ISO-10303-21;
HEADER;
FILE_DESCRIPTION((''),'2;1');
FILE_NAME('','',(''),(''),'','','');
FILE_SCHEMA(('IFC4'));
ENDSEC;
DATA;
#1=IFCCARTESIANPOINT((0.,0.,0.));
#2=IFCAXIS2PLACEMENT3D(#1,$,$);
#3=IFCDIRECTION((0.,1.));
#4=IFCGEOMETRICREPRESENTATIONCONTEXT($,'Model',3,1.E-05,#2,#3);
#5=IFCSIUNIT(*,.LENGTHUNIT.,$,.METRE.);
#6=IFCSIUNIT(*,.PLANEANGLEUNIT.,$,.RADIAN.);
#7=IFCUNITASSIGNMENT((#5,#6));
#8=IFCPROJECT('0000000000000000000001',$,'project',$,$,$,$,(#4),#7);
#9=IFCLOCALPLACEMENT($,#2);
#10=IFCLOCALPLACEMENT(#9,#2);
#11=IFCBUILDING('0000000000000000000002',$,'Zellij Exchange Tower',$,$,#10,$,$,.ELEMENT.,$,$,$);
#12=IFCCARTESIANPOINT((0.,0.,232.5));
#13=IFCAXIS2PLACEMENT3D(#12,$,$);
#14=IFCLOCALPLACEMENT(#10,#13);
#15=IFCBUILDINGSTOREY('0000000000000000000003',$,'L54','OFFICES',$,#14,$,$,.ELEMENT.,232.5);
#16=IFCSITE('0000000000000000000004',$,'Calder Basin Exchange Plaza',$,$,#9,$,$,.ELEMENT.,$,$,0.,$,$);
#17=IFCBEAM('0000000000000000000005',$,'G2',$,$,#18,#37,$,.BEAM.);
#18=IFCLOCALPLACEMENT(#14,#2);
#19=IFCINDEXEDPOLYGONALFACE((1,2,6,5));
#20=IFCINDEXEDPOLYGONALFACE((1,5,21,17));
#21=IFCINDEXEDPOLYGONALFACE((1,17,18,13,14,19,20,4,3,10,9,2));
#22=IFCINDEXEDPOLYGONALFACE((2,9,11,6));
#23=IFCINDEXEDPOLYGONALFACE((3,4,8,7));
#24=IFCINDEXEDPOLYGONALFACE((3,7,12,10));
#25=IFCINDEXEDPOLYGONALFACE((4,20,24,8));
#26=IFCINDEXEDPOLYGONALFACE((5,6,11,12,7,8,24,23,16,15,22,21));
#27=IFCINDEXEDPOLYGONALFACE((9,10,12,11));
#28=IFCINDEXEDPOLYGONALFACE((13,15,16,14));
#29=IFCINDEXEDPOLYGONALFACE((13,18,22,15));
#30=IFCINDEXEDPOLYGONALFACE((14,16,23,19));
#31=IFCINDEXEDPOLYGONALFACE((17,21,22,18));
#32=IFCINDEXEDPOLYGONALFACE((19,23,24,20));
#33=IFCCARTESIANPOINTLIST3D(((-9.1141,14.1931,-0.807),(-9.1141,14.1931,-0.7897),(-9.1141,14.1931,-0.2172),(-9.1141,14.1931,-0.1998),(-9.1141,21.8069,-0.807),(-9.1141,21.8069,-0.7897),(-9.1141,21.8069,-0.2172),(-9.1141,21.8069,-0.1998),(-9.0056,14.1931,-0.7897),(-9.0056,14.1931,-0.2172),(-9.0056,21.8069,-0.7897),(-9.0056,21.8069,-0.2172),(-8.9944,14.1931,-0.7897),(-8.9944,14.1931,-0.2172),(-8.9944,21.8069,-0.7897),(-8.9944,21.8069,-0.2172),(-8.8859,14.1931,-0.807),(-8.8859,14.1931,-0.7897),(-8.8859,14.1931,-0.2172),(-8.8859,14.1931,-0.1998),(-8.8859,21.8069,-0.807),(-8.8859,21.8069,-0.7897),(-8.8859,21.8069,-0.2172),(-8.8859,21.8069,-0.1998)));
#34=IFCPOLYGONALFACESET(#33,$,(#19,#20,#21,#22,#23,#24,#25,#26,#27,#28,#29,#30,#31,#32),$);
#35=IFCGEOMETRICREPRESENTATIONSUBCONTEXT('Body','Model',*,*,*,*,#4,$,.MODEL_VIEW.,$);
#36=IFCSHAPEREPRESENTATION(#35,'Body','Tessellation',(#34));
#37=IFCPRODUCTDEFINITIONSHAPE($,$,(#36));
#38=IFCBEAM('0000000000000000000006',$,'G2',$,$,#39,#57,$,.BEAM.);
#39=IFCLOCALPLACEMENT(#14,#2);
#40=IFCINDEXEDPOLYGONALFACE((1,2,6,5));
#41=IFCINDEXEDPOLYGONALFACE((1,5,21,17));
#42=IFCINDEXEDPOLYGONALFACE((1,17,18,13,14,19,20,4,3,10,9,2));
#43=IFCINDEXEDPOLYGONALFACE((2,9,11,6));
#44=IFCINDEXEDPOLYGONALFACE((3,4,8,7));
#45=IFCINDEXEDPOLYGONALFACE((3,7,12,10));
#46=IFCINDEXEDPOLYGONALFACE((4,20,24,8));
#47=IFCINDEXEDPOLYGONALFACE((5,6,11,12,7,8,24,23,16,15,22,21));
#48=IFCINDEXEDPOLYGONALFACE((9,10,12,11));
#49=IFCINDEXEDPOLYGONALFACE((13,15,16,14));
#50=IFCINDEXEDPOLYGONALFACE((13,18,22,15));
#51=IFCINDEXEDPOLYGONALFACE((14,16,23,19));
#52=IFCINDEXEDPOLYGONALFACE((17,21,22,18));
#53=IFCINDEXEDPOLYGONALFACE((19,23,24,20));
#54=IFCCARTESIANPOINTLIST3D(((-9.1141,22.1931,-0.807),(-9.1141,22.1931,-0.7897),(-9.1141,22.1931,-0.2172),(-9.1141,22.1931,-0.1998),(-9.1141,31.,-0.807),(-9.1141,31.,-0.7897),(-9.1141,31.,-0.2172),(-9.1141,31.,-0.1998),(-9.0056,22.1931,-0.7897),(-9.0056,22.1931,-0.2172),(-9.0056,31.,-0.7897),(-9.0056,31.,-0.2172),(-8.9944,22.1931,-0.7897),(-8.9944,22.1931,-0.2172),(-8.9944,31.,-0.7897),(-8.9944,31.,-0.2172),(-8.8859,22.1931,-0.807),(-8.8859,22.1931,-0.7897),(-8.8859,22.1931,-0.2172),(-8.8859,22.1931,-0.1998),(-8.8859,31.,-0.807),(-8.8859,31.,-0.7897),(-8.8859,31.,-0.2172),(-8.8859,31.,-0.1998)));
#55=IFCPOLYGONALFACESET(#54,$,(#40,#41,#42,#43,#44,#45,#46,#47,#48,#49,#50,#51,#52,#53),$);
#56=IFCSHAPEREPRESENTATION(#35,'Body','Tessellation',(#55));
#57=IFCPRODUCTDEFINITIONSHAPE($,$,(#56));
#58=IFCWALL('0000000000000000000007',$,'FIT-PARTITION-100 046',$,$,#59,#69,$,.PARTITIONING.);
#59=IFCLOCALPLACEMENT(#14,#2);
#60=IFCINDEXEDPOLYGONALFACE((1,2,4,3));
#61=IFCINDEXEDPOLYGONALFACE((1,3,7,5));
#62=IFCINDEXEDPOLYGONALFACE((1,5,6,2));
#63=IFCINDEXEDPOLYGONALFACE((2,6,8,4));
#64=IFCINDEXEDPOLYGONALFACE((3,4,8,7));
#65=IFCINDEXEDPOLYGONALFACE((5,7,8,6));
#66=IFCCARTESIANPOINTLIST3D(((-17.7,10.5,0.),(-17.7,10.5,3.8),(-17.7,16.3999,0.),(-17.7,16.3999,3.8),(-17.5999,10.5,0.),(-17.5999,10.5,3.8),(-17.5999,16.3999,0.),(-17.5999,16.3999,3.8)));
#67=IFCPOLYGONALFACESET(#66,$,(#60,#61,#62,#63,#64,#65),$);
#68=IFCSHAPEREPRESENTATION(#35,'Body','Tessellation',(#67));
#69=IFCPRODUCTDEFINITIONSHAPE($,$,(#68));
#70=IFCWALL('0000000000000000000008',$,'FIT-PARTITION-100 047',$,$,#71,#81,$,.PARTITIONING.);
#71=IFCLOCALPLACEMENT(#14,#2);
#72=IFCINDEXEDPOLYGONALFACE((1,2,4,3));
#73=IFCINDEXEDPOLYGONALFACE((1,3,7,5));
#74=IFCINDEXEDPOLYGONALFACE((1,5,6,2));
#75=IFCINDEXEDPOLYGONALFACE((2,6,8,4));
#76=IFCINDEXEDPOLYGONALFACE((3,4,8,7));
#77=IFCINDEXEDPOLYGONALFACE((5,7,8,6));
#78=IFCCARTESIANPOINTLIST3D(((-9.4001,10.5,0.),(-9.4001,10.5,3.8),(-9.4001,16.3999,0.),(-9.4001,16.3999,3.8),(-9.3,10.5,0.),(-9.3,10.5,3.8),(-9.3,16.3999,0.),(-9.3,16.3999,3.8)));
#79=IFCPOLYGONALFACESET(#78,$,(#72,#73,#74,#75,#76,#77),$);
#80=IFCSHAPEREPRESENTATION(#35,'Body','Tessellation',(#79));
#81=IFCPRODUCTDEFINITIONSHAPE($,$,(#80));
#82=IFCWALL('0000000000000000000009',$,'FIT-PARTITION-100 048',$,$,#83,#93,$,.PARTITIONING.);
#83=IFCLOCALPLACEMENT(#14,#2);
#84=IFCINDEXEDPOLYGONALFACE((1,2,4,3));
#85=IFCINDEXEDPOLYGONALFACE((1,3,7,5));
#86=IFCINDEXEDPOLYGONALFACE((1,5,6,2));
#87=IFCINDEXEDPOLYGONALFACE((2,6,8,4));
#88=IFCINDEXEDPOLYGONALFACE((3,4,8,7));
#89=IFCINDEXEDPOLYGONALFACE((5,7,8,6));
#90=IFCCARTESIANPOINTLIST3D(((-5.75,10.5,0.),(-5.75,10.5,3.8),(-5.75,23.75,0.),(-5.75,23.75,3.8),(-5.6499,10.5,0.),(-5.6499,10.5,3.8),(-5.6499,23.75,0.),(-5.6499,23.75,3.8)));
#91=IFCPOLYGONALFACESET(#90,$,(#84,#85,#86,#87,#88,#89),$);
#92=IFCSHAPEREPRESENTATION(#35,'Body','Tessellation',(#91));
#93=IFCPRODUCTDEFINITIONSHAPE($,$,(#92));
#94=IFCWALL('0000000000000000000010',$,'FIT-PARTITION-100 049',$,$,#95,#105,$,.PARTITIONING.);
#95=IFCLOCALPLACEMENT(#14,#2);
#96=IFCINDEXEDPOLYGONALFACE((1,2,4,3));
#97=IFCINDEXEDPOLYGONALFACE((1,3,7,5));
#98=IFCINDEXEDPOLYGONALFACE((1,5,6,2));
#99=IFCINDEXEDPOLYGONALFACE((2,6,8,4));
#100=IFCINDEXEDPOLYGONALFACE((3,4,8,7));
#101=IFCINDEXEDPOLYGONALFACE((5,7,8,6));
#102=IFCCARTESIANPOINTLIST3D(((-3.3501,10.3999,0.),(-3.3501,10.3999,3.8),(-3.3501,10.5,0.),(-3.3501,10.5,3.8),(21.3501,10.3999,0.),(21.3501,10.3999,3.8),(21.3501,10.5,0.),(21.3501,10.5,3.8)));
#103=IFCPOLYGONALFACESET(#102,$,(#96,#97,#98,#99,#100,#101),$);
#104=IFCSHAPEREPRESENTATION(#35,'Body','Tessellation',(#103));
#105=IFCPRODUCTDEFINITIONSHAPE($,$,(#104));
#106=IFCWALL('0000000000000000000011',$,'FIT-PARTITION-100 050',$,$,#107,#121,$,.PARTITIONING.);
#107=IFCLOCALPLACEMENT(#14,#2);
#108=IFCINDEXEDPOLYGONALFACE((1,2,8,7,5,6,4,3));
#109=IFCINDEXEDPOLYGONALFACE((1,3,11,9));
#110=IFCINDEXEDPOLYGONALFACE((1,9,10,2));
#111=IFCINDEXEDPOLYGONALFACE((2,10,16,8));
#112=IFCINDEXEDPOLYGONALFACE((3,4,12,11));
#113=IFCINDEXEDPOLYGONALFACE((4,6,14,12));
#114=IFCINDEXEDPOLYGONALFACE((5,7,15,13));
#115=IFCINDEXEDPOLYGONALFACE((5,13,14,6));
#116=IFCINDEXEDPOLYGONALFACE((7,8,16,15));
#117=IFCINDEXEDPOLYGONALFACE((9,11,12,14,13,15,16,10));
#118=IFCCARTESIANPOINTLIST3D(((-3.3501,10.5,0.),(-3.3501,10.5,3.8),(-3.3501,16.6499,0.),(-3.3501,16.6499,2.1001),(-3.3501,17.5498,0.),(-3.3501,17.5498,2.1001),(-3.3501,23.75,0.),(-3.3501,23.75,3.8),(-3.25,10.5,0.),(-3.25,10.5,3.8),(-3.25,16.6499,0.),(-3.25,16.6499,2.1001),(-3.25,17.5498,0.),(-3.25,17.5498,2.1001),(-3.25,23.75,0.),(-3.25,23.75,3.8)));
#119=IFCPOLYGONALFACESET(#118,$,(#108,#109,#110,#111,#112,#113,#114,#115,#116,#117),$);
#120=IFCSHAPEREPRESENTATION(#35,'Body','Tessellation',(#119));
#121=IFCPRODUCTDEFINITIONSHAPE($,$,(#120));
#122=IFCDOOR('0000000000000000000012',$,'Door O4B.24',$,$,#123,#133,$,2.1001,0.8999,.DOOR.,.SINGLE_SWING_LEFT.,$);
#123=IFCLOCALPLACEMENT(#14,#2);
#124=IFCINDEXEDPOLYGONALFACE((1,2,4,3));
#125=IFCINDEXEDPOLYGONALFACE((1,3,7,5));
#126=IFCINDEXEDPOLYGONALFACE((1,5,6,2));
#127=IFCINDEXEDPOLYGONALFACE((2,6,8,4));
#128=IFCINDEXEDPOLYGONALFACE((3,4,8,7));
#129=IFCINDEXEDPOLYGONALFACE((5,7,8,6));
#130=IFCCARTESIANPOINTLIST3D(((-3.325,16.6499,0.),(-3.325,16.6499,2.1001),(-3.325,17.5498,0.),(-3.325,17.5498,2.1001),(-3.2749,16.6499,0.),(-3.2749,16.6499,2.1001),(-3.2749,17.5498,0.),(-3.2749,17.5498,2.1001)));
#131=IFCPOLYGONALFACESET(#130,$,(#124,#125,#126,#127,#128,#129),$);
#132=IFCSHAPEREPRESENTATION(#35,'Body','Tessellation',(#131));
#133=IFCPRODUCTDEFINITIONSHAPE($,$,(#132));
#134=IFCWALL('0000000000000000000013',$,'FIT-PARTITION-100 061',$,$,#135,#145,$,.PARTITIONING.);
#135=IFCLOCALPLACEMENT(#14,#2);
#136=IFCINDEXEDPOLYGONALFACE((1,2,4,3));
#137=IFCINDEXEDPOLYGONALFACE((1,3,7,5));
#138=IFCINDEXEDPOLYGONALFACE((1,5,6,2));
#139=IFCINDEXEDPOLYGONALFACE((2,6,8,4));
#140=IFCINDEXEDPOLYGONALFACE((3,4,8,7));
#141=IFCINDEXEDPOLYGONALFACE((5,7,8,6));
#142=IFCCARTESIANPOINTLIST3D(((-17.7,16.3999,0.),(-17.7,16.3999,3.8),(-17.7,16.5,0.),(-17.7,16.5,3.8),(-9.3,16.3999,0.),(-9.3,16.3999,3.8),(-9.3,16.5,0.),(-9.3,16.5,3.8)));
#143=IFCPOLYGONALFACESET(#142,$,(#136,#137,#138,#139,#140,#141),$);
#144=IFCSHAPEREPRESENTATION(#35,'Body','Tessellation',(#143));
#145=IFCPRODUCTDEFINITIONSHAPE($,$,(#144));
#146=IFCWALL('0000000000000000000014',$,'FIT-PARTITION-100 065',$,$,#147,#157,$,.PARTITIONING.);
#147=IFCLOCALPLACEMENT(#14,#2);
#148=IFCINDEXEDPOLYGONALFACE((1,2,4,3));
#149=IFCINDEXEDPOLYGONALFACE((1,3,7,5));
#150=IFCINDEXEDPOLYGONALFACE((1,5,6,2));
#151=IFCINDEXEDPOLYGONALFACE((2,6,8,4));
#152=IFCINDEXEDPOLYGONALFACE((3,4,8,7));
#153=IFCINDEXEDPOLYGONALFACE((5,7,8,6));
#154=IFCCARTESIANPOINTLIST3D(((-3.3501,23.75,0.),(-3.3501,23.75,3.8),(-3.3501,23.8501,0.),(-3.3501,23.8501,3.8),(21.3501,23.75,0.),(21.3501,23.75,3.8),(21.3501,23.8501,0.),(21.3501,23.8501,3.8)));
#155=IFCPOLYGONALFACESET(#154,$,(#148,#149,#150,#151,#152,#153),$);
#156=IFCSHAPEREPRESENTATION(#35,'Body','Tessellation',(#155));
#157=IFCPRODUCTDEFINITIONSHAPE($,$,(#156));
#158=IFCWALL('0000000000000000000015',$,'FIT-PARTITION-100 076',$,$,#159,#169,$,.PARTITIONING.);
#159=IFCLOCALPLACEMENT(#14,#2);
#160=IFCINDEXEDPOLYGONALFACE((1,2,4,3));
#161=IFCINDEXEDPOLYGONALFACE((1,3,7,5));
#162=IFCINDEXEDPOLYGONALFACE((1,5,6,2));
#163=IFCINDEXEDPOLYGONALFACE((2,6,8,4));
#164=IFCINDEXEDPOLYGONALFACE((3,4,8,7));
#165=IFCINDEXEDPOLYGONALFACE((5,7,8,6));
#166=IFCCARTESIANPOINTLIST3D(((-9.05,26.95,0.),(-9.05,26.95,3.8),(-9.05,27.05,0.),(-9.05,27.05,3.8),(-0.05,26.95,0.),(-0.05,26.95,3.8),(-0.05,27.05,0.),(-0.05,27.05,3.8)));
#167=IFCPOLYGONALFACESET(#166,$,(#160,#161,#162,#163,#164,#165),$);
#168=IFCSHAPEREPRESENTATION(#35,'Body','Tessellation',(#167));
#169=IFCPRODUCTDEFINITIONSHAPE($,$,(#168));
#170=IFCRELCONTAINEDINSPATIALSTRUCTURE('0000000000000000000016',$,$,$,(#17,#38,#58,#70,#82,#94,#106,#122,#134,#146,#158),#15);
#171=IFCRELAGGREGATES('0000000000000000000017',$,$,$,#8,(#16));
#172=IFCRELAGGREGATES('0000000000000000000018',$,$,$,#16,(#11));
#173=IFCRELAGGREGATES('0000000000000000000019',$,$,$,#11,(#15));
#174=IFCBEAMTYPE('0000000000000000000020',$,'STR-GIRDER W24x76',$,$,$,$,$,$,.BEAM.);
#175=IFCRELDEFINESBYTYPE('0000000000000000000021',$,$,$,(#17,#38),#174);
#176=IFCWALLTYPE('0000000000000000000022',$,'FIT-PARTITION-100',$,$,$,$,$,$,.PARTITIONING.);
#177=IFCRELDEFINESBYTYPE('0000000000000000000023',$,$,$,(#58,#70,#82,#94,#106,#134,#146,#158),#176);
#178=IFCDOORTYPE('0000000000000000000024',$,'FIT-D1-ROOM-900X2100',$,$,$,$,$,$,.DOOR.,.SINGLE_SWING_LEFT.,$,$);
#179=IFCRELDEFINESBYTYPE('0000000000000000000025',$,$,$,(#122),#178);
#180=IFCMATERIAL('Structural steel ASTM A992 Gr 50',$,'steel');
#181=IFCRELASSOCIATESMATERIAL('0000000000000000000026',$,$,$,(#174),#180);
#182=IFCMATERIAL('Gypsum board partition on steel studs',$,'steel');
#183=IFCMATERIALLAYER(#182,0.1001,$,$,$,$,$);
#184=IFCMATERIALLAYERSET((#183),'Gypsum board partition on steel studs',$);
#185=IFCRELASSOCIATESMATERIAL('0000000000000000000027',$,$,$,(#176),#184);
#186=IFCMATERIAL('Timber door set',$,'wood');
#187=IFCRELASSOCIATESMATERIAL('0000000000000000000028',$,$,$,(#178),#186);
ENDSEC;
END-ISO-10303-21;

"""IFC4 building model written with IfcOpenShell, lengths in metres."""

from ifc_helpers import new_model, si_unit, direction, frame, frame_2d, origin, origin_2d, place, context, subcontext, project, spatial, rectangle, i_section, extrude, material, layer, layer_set, material_profile, profile_set, type_object, element, fill, save


model = new_model("IFC4")

# Units and contexts
model_context = context("Model", 3, precision=1e-05, world=origin(), true_north=direction((0.0, 1.0)))
body_context = subcontext(model_context, "Body", "Model", "MODEL_VIEW")
ifc_project = project(units=[si_unit("LENGTHUNIT", "METRE"), si_unit("PLANEANGLEUNIT", "RADIAN")], contexts=[model_context])

# Site, building, storey
site_placement = place(None, origin())
site = spatial("IfcSite", under=ifc_project, at=site_placement, Name="Calder Basin Exchange Plaza", CompositionType="ELEMENT", RefElevation=0.0)
building_placement = place(site_placement, origin())
building = spatial("IfcBuilding", under=site, at=building_placement, Name="Zellij Exchange Tower", CompositionType="ELEMENT")
storey_placement = place(building_placement, frame((0.0, 0.0, 232.5)))
storey = spatial("IfcBuildingStorey", under=building, at=storey_placement, Name="L54", Description="OFFICES", CompositionType="ELEMENT", Elevation=232.5)

# Shared definitions
ifc_material_1 = material(Name="Structural steel ASTM A992 Gr 50", Category="steel")

# Beams
ifc_material_profile_1 = material_profile(ifc_material_1, i_section(OverallWidth=0.2283, OverallDepth=0.6072, WebThickness=0.0112, FlangeThickness=0.0173, at=origin_2d()), Name="W24x76")
ifc_profile_set_1 = profile_set([ifc_material_profile_1], Name="Structural steel ASTM A992 Gr 50")
beam_type = type_object("IfcBeamType", Name="STR-GIRDER W24x76", PredefinedType="BEAM", material=ifc_profile_set_1)
beam_1_placement = place(storey_placement, frame((-9.0, 14.1931, -0.5034), z_axis=(0.0, 1.0, 0.0), x_axis=(-1.0, 0.0, 0.0)))
element("IfcBeam", 1, at=beam_1_placement, inside=storey, type_object=beam_type, Name="G2", PredefinedType="BEAM", context=body_context, shape_type="SweptSolid", body=[
    extrude(i_section(OverallWidth=0.2283, OverallDepth=0.6072, WebThickness=0.0112, FlangeThickness=0.0173, at=origin_2d()), origin(), (0.0, 0.0, 1.0), 7.6138),
])
beam_2_placement = place(storey_placement, frame((-9.0, 22.1931, -0.5034), z_axis=(0.0, 1.0, 0.0), x_axis=(-1.0, 0.0, 0.0)))
element("IfcBeam", 2, at=beam_2_placement, inside=storey, type_object=beam_type, Name="G2", PredefinedType="BEAM", context=body_context, shape_type="SweptSolid", body=[
    extrude(i_section(OverallWidth=0.2283, OverallDepth=0.6072, WebThickness=0.0112, FlangeThickness=0.0173, at=origin_2d()), origin(), (0.0, 0.0, 1.0), 8.8069),
])

# Walls
ifc_material_2 = material(Name="Gypsum board partition on steel studs", Category="steel")
ifc_layer = layer(ifc_material_2, 0.1001)
ifc_layer_set = layer_set([ifc_layer], Name="Gypsum board partition on steel studs")
wall_type = type_object("IfcWallType", Name="FIT-PARTITION-100", PredefinedType="PARTITIONING", material=ifc_layer_set)
for number, where, z_axis, x_axis, name in (
    (3, (-17.6499, 10.5, 0.0), (0.0, 0.0, 1.0), (0.0, 1.0, 0.0), "FIT-PARTITION-100 046"),
    (4, (-9.3501, 10.5, 0.0), (0.0, 0.0, 1.0), (0.0, 1.0, 0.0), "FIT-PARTITION-100 047"),
):
    element("IfcWall", number, at=place(storey_placement, frame(where, z_axis=z_axis, x_axis=x_axis)), inside=storey, type_object=wall_type, Name=name, PredefinedType="PARTITIONING", context=body_context, shape_type="SweptSolid", body=[
        extrude(rectangle(XDim=5.8999, YDim=0.1001, at=frame_2d((2.95, 0.0))), origin(), (0.0, 0.0, 1.0), 3.8),
    ])
wall_1_placement = place(storey_placement, frame((-5.7, 10.5, 0.0), z_axis=(0.0, 0.0, 1.0), x_axis=(0.0, 1.0, 0.0)))
element("IfcWall", 5, at=wall_1_placement, inside=storey, type_object=wall_type, Name="FIT-PARTITION-100 048", PredefinedType="PARTITIONING", context=body_context, shape_type="SweptSolid", body=[
    extrude(rectangle(XDim=13.25, YDim=0.1001, at=frame_2d((6.625, 0.0))), origin(), (0.0, 0.0, 1.0), 3.8),
])
wall_2_placement = place(storey_placement, frame((-3.3501, 10.45, 0.0), z_axis=(0.0, 0.0, 1.0), x_axis=(1.0, 0.0, 0.0)))
element("IfcWall", 6, at=wall_2_placement, inside=storey, type_object=wall_type, Name="FIT-PARTITION-100 049", PredefinedType="PARTITIONING", context=body_context, shape_type="SweptSolid", body=[
    extrude(rectangle(XDim=24.7002, YDim=0.1001, at=frame_2d((12.3501, 0.0))), origin(), (0.0, 0.0, 1.0), 3.8),
])

# Wall, opening, door
wall_3_placement = place(storey_placement, frame((-3.3, 10.5, 0.0), z_axis=(0.0, 0.0, 1.0), x_axis=(0.0, 1.0, 0.0)))
wall_3 = element("IfcWall", 7, at=wall_3_placement, inside=storey, type_object=wall_type, Name="FIT-PARTITION-100 050", PredefinedType="PARTITIONING", context=body_context, shape_type="SweptSolid", body=[
    extrude(rectangle(XDim=13.25, YDim=0.1001, at=frame_2d((6.625, 0.0))), origin(), (0.0, 0.0, 1.0), 3.8),
])
opening_1_placement = place(wall_3_placement, frame((6.1499, 0.0, 0.0)))
opening_1 = element("IfcOpeningElement", 8, at=opening_1_placement, cuts=wall_3, PredefinedType="OPENING", context=body_context, shape_type="SweptSolid", body=[
    extrude(rectangle(XDim=0.8999, YDim=2.1001, at=frame_2d((0.45, 1.05))), frame((0.0, 0.062, 0.0), z_axis=(0.0, -1.0, 0.0), x_axis=(1.0, 0.0, 0.0)), (0.0, 0.0, 1.0), 0.124),
])
ifc_material_3 = material(Name="Timber door set", Category="wood")
door_type_1 = type_object("IfcDoorType", Name="FIT-D1-ROOM-900X2100", OperationType="SINGLE_SWING_LEFT", PredefinedType="DOOR", material=ifc_material_3)
door_1_placement = place(opening_1_placement, origin())
door_1 = element("IfcDoor", 9, at=door_1_placement, inside=storey, type_object=door_type_1, Name="Door O4B.24", OperationType="SINGLE_SWING_LEFT", OverallHeight=2.1001, OverallWidth=0.8999, PredefinedType="DOOR", context=body_context, shape_type="SweptSolid", body=[
    extrude(rectangle(XDim=0.8999, YDim=2.1001, at=frame_2d((0.45, 1.05))), frame((0.0, 0.0249, 0.0), z_axis=(0.0, -1.0, 0.0), x_axis=(1.0, 0.0, 0.0)), (0.0, 0.0, 1.0), 0.05),
])
fill(opening_1, door_1)

# Walls
wall_4_placement = place(storey_placement, frame((-17.7, 16.45, 0.0), z_axis=(0.0, 0.0, 1.0), x_axis=(1.0, 0.0, 0.0)))
element("IfcWall", 10, at=wall_4_placement, inside=storey, type_object=wall_type, Name="FIT-PARTITION-100 061", PredefinedType="PARTITIONING", context=body_context, shape_type="SweptSolid", body=[
    extrude(rectangle(XDim=8.3999, YDim=0.1001, at=frame_2d((4.2, 0.0))), origin(), (0.0, 0.0, 1.0), 3.8),
])
wall_5_placement = place(storey_placement, frame((-3.3501, 23.8, 0.0), z_axis=(0.0, 0.0, 1.0), x_axis=(1.0, 0.0, 0.0)))
element("IfcWall", 11, at=wall_5_placement, inside=storey, type_object=wall_type, Name="FIT-PARTITION-100 065", PredefinedType="PARTITIONING", context=body_context, shape_type="SweptSolid", body=[
    extrude(rectangle(XDim=24.7002, YDim=0.1001, at=frame_2d((12.3501, 0.0))), origin(), (0.0, 0.0, 1.0), 3.8),
])
wall_6_placement = place(storey_placement, frame((-9.05, 27.0, 0.0), z_axis=(0.0, 0.0, 1.0), x_axis=(1.0, 0.0, 0.0)))
element("IfcWall", 12, at=wall_6_placement, inside=storey, type_object=wall_type, Name="FIT-PARTITION-100 076", PredefinedType="PARTITIONING", context=body_context, shape_type="SweptSolid", body=[
    extrude(rectangle(XDim=9.0, YDim=0.1001, at=frame_2d((4.5, 0.0))), origin(), (0.0, 0.0, 1.0), 3.8),
])

save(model, "model.ifc")
